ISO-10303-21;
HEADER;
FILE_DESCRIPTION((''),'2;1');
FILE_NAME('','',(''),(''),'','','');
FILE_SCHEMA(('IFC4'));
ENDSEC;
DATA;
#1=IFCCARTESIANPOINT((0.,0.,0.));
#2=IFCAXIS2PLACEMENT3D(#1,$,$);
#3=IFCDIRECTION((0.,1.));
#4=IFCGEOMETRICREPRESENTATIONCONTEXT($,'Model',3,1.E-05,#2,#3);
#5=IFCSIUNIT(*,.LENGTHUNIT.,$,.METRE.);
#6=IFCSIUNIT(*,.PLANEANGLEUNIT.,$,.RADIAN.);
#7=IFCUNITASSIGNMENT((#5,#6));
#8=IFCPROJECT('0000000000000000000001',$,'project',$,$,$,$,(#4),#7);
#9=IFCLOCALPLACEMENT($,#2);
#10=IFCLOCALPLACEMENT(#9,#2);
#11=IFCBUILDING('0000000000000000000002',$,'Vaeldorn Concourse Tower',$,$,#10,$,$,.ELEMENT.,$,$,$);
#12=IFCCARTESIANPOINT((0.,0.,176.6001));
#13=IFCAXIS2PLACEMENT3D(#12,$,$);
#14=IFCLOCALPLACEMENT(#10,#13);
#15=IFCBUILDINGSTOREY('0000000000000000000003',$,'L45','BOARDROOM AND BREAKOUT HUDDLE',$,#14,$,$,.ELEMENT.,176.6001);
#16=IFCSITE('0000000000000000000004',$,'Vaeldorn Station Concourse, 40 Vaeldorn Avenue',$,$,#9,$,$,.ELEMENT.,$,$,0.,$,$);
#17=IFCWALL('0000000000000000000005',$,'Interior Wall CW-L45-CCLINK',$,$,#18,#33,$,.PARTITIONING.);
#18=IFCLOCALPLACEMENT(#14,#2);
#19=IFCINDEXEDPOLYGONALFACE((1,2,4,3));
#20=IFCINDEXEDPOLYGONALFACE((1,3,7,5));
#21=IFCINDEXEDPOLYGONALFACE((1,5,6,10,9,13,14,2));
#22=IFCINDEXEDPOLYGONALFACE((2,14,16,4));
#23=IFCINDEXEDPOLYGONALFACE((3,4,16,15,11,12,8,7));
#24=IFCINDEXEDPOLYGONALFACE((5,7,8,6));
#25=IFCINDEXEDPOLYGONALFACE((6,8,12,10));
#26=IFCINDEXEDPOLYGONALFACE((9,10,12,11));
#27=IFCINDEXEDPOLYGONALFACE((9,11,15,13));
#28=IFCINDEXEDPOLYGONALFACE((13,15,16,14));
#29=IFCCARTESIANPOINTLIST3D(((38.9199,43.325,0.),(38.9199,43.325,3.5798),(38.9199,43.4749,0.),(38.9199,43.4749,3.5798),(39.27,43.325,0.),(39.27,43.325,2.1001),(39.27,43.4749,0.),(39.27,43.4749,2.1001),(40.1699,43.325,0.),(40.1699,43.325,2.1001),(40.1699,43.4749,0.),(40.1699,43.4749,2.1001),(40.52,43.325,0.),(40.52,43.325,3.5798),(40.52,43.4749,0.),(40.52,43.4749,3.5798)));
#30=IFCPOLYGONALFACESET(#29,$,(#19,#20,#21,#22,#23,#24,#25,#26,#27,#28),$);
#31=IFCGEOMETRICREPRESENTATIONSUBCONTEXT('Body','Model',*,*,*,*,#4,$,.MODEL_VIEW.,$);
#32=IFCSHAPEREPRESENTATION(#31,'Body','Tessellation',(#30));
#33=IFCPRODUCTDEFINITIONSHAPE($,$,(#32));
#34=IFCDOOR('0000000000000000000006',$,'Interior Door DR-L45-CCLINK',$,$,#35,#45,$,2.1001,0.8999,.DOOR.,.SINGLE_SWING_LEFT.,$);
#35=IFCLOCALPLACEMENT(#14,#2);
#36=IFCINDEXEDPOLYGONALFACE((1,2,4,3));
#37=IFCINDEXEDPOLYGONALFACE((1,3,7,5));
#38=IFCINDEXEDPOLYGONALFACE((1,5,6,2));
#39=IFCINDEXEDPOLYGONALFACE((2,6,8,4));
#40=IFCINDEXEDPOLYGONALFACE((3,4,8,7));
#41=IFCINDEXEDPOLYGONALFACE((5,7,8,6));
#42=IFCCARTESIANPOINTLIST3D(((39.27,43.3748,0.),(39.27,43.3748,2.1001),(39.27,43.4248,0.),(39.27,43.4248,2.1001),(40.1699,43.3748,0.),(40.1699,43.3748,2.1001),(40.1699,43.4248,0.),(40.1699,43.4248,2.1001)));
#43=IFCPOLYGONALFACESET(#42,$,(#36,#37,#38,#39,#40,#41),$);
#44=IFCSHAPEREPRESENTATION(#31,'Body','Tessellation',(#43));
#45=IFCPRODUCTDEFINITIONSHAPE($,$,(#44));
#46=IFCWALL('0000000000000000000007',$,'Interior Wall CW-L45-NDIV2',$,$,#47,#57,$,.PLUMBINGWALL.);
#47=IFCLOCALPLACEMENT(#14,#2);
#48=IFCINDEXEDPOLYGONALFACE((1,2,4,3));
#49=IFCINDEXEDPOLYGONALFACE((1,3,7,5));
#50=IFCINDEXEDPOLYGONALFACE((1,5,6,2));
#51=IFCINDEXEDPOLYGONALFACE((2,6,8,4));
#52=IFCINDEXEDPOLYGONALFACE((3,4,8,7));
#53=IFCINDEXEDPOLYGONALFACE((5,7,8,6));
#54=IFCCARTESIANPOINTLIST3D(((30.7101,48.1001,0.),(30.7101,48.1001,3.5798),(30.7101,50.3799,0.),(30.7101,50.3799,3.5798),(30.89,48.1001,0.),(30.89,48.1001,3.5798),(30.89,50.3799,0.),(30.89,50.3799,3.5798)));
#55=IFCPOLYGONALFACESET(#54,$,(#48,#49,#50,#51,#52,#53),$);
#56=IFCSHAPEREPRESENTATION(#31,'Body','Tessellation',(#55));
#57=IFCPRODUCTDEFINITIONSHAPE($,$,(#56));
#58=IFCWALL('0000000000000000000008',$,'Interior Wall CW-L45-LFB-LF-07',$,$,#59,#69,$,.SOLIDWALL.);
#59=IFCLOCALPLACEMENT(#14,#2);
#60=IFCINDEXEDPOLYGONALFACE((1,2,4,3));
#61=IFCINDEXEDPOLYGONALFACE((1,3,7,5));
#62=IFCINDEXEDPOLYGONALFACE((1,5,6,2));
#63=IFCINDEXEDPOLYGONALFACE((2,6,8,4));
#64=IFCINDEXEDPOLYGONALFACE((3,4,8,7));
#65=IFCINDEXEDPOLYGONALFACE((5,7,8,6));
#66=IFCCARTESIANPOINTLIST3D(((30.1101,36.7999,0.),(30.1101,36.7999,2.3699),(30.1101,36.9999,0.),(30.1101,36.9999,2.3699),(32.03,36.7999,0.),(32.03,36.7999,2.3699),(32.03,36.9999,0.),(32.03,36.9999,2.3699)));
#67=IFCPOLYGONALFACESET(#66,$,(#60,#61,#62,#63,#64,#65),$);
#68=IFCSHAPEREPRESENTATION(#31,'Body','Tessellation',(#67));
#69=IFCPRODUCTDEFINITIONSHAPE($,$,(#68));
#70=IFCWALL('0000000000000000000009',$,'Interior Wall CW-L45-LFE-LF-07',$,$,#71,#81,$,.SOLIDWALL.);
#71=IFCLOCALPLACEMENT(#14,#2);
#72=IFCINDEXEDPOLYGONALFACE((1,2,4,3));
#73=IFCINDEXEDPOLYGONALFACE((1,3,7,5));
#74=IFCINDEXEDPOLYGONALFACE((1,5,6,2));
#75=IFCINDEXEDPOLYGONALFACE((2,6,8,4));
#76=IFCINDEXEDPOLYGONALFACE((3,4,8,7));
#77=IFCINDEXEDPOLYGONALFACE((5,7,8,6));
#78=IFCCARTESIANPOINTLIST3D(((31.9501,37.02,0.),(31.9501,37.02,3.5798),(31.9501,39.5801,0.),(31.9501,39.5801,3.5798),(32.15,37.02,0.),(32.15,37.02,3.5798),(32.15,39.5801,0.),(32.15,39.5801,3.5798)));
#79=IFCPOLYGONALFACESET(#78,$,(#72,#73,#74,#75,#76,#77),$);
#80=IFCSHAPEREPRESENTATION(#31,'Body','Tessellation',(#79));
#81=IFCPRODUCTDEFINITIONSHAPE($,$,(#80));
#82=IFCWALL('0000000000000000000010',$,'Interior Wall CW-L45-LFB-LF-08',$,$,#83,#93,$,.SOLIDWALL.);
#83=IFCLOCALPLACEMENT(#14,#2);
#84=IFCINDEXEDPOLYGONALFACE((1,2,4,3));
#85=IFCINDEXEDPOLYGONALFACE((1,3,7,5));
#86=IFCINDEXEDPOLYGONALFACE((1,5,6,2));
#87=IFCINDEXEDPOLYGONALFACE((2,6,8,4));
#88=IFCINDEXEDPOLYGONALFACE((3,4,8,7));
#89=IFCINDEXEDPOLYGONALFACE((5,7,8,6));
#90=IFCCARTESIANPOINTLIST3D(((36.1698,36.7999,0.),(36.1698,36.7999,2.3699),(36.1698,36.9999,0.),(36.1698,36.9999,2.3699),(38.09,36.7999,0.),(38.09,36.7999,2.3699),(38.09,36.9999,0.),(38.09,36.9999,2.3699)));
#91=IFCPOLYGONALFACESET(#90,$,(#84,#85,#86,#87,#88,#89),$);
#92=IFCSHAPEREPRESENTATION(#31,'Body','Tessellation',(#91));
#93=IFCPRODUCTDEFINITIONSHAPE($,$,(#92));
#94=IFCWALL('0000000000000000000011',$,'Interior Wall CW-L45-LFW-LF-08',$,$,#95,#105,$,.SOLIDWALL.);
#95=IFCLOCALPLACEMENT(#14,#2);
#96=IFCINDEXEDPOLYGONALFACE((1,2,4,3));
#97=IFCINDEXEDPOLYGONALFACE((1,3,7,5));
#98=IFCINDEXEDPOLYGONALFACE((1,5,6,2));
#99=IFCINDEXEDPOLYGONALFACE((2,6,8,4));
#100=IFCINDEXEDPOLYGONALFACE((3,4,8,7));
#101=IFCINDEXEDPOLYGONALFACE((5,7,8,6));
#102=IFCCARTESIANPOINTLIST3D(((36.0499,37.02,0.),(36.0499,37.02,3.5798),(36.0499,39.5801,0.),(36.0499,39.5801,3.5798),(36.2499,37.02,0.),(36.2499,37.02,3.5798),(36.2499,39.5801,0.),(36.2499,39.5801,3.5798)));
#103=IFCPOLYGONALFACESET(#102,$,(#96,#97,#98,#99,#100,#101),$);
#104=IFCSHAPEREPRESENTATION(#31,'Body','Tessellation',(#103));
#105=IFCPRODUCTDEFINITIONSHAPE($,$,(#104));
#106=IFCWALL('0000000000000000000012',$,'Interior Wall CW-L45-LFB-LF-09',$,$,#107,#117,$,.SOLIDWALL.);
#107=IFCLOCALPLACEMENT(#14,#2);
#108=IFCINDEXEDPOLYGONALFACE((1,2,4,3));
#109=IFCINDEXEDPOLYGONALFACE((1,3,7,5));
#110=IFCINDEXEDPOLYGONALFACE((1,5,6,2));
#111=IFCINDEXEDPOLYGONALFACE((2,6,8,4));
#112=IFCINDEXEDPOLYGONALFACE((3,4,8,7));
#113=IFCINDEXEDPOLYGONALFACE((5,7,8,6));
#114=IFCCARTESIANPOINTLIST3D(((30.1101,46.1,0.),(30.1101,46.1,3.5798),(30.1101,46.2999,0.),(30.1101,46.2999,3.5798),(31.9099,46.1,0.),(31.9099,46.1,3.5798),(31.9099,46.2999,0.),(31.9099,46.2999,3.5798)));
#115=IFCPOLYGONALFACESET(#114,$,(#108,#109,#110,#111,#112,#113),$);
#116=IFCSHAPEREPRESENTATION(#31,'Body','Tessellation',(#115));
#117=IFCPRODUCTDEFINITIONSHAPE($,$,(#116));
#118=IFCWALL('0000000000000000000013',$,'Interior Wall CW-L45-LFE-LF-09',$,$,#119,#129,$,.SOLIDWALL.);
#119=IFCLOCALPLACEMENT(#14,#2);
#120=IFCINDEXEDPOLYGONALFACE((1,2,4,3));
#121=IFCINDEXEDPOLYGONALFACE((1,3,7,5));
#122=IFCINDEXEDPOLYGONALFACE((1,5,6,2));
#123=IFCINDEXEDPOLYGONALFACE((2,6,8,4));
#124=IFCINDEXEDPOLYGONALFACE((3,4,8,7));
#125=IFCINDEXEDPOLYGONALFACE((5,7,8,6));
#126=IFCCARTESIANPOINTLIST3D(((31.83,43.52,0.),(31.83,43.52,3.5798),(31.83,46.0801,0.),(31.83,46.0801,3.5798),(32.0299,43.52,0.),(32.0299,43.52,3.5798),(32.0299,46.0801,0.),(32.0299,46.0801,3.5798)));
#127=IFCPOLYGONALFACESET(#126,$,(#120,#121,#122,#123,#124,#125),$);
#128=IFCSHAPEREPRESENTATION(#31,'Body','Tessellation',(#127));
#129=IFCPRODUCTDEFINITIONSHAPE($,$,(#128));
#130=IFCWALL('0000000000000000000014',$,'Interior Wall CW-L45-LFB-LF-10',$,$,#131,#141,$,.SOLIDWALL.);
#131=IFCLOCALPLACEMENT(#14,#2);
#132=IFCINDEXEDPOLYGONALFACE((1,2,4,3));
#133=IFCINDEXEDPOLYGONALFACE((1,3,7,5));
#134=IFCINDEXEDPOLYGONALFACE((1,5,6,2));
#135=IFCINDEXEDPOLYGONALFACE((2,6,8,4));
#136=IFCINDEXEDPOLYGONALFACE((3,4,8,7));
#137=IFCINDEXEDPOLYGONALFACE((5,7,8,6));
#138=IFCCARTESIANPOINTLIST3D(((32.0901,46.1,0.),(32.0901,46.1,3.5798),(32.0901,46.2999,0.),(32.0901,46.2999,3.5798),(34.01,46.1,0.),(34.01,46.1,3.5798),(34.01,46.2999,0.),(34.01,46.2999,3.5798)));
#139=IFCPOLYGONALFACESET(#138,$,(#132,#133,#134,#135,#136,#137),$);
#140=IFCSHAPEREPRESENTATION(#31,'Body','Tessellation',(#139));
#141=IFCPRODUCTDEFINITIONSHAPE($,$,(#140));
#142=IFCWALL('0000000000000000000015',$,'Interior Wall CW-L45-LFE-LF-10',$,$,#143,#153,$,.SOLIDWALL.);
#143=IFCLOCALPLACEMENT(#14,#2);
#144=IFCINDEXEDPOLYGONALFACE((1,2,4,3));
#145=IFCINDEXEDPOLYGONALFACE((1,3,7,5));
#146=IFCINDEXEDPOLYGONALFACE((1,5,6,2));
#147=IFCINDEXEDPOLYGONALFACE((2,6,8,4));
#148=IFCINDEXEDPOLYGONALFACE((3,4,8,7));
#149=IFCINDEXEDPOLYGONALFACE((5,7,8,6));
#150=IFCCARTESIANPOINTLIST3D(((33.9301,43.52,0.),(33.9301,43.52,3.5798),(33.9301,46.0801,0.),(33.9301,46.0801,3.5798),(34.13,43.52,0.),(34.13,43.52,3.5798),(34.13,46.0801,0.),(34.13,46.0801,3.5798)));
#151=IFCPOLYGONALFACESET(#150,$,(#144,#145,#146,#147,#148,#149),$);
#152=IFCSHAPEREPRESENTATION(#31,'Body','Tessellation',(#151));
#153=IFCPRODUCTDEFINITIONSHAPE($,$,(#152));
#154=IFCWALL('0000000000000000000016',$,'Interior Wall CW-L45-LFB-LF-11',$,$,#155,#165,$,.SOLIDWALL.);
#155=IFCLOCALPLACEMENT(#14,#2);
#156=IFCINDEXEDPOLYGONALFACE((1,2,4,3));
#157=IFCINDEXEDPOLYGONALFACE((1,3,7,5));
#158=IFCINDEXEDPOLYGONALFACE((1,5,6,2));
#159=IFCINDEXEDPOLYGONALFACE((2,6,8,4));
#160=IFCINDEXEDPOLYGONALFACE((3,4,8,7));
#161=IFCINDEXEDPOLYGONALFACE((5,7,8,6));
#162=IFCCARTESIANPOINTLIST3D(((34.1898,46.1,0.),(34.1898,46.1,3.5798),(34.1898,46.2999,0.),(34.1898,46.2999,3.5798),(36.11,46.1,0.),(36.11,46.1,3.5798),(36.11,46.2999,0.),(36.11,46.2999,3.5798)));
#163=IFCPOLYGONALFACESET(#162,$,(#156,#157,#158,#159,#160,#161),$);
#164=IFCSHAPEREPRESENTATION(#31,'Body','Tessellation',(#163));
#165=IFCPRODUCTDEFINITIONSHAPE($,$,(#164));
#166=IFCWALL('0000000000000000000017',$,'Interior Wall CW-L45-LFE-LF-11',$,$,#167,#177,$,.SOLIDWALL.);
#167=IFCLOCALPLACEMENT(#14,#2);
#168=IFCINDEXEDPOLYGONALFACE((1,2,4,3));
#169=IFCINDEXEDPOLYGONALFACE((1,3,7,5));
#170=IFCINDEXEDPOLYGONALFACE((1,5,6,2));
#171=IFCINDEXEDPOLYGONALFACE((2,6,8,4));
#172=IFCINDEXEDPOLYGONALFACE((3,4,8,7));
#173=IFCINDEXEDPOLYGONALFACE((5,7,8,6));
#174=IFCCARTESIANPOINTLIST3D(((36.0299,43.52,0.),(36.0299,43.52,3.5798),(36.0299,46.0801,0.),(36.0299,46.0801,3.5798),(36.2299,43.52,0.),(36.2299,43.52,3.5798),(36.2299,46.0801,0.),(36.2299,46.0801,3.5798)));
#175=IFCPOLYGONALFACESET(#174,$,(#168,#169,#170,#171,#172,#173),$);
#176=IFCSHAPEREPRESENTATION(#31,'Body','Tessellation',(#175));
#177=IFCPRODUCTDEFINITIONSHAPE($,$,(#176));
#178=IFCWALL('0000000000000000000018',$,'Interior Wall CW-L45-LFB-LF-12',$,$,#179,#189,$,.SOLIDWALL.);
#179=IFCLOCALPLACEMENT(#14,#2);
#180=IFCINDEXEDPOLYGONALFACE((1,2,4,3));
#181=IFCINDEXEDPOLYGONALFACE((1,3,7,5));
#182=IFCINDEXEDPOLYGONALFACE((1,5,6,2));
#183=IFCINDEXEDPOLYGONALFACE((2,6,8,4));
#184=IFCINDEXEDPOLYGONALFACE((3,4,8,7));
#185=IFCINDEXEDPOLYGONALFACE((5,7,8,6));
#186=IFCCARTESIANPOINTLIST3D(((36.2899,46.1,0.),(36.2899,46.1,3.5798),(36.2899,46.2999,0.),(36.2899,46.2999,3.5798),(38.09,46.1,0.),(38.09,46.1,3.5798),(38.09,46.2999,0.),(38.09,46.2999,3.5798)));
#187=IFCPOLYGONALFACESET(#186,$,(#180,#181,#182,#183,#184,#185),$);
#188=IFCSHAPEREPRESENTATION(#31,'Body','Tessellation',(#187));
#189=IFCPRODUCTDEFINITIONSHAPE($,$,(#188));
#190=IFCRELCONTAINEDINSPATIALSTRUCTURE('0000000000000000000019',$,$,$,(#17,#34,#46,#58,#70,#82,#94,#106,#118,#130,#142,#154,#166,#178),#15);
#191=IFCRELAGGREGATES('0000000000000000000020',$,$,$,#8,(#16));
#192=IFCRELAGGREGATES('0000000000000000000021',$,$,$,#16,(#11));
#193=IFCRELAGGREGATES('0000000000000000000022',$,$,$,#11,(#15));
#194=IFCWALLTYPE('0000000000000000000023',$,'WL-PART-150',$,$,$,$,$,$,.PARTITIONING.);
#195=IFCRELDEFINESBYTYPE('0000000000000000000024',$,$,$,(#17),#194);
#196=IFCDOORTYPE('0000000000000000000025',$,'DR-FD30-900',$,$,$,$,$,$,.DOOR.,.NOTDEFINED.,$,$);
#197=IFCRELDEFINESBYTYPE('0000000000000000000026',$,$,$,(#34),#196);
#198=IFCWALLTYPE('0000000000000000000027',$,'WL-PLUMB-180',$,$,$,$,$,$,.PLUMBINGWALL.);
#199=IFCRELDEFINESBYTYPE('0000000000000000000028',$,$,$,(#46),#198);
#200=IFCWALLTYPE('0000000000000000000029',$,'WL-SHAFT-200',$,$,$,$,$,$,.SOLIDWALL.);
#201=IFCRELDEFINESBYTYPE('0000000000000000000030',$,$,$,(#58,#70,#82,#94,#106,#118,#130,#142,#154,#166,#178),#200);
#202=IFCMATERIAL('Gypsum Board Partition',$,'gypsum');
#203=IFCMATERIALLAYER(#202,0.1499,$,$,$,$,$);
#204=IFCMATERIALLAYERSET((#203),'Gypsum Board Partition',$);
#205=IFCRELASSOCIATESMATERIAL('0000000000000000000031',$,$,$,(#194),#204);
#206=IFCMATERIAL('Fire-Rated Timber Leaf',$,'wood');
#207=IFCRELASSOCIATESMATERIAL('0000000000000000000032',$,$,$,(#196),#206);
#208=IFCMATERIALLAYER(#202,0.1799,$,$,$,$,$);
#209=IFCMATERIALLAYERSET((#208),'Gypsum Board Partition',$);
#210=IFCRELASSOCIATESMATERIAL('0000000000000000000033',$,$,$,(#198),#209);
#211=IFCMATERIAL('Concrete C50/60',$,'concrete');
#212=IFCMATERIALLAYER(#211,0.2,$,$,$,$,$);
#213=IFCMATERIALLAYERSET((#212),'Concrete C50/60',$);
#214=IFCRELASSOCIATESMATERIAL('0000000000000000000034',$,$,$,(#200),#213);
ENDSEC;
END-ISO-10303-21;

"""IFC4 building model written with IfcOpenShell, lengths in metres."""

from ifc_helpers import new_model, si_unit, direction, frame, frame_2d, origin, place, context, subcontext, project, spatial, rectangle, extrude, source, transform, mapped, material, layer, layer_set, type_object, element, fill, save


model = new_model("IFC4")

# Units and contexts
model_context = context("Model", 3, precision=1e-05, world=origin(), true_north=direction((0.0, 1.0)))
body_context = subcontext(model_context, "Body", "Model", "MODEL_VIEW")
ifc_project = project(units=[si_unit("LENGTHUNIT", "METRE"), si_unit("PLANEANGLEUNIT", "RADIAN")], contexts=[model_context])

# Site, building, storey
site_placement = place(None, origin())
site = spatial("IfcSite", under=ifc_project, at=site_placement, Name="Vaeldorn Station Concourse, 40 Vaeldorn Avenue", CompositionType="ELEMENT", RefElevation=0.0)
building_placement = place(site_placement, origin())
building = spatial("IfcBuilding", under=site, at=building_placement, Name="Vaeldorn Concourse Tower", CompositionType="ELEMENT")
storey_placement = place(building_placement, frame((0.0, 0.0, 176.6001)))
storey = spatial("IfcBuildingStorey", under=building, at=storey_placement, Name="L45", Description="BOARDROOM AND BREAKOUT HUDDLE", CompositionType="ELEMENT", Elevation=176.6001)

# Shared definitions
ifc_material_1 = material(Name="Concrete C50/60", Category="concrete")

# Wall, opening, door
ifc_material_2 = material(Name="Gypsum Board Partition", Category="gypsum")
ifc_layer_1 = layer(ifc_material_2, 0.1499)
ifc_layer_set_1 = layer_set([ifc_layer_1], Name="Gypsum Board Partition")
wall_type_1 = type_object("IfcWallType", Name="WL-PART-150", PredefinedType="PARTITIONING", material=ifc_layer_set_1)
wall_1_placement = place(storey_placement, frame((38.9199, 43.3999, 0.0), z_axis=(0.0, 0.0, 1.0), x_axis=(1.0, 0.0, 0.0)))
wall_1 = element("IfcWall", 1, at=wall_1_placement, inside=storey, type_object=wall_type_1, Name="Interior Wall CW-L45-CCLINK", PredefinedType="PARTITIONING", context=body_context, shape_type="SweptSolid", body=[
    extrude(rectangle(XDim=1.6001, YDim=0.1499, at=frame_2d((0.8, 0.0))), origin(), (0.0, 0.0, 1.0), 3.5798),
])
opening_1_placement = place(wall_1_placement, frame((0.3501, 0.0, 0.0)))
opening_1 = element("IfcOpeningElement", 2, at=opening_1_placement, cuts=wall_1, PredefinedType="OPENING", context=body_context, shape_type="SweptSolid", body=[
    extrude(rectangle(XDim=0.8999, YDim=2.1001, at=frame_2d((0.45, 1.05))), frame((0.0, 0.085, 0.0), z_axis=(0.0, -1.0, 0.0), x_axis=(1.0, 0.0, 0.0)), (0.0, 0.0, 1.0), 0.1699),
])
ifc_material_3 = material(Name="Fire-Rated Timber Leaf", Category="wood")
door_type_1 = type_object("IfcDoorType", Name="DR-FD30-900", OperationType="NOTDEFINED", PredefinedType="DOOR", material=ifc_material_3)
shared_shape_1 = source(origin(), body_context, "Body", "SweptSolid", [
    extrude(rectangle(XDim=0.8999, YDim=2.1001, at=frame_2d((0.45, 1.05))), frame((0.0, 0.0249, 0.0), z_axis=(0.0, -1.0, 0.0), x_axis=(1.0, 0.0, 0.0)), (0.0, 0.0, 1.0), 0.05),
])
door_1_placement = place(opening_1_placement, origin())
door_1 = element("IfcDoor", 3, at=door_1_placement, inside=storey, type_object=door_type_1, Name="Interior Door DR-L45-CCLINK", OperationType="SINGLE_SWING_LEFT", OverallHeight=2.1001, OverallWidth=0.8999, PredefinedType="DOOR", context=body_context, shape_type="MappedRepresentation", body=[
    mapped(shared_shape_1, transform((0.0, 0.0, 0.0), scale=1.0)),
])
fill(opening_1, door_1)

# Walls
ifc_layer_2 = layer(ifc_material_2, 0.1799)
ifc_layer_set_2 = layer_set([ifc_layer_2], Name="Gypsum Board Partition")
wall_type_2 = type_object("IfcWallType", Name="WL-PLUMB-180", PredefinedType="PLUMBINGWALL", material=ifc_layer_set_2)
wall_2_placement = place(storey_placement, frame((30.8, 48.1001, 0.0), z_axis=(0.0, 0.0, 1.0), x_axis=(0.0, 1.0, 0.0)))
element("IfcWall", 4, at=wall_2_placement, inside=storey, type_object=wall_type_2, Name="Interior Wall CW-L45-NDIV2", PredefinedType="PLUMBINGWALL", context=body_context, shape_type="SweptSolid", body=[
    extrude(rectangle(XDim=2.2798, YDim=0.1799, at=frame_2d((1.1399, 0.0))), origin(), (0.0, 0.0, 1.0), 3.5798),
])
ifc_layer_3 = layer(ifc_material_1, 0.2)
ifc_layer_set_3 = layer_set([ifc_layer_3], Name="Concrete C50/60")
wall_type_3 = type_object("IfcWallType", Name="WL-SHAFT-200", PredefinedType="SOLIDWALL", material=ifc_layer_set_3)
wall_3_placement = place(storey_placement, frame((30.1101, 36.8999, 0.0), z_axis=(0.0, 0.0, 1.0), x_axis=(1.0, 0.0, 0.0)))
element("IfcWall", 5, at=wall_3_placement, inside=storey, type_object=wall_type_3, Name="Interior Wall CW-L45-LFB-LF-07", PredefinedType="SOLIDWALL", context=body_context, shape_type="SweptSolid", body=[
    extrude(rectangle(XDim=1.9199, YDim=0.2, at=frame_2d((0.96, 0.0))), origin(), (0.0, 0.0, 1.0), 2.3699),
])
wall_4_placement = place(storey_placement, frame((32.05, 37.02, 0.0), z_axis=(0.0, 0.0, 1.0), x_axis=(0.0, 1.0, 0.0)))
element("IfcWall", 6, at=wall_4_placement, inside=storey, type_object=wall_type_3, Name="Interior Wall CW-L45-LFE-LF-07", PredefinedType="SOLIDWALL", context=body_context, shape_type="SweptSolid", body=[
    extrude(rectangle(XDim=2.5601, YDim=0.2, at=frame_2d((1.28, 0.0))), origin(), (0.0, 0.0, 1.0), 3.5798),
])

# Walls
wall_5_placement = place(storey_placement, frame((36.1699, 36.8999, 0.0), z_axis=(0.0, 0.0, 1.0), x_axis=(1.0, 0.0, 0.0)))
element("IfcWall", 7, at=wall_5_placement, inside=storey, type_object=wall_type_3, Name="Interior Wall CW-L45-LFB-LF-08", PredefinedType="SOLIDWALL", context=body_context, shape_type="SweptSolid", body=[
    extrude(rectangle(XDim=1.9202, YDim=0.2, at=frame_2d((0.96, 0.0))), origin(), (0.0, 0.0, 1.0), 2.3699),
])
wall_6_placement = place(storey_placement, frame((36.1499, 37.02, 0.0), z_axis=(0.0, 0.0, 1.0), x_axis=(0.0, 1.0, 0.0)))
element("IfcWall", 8, at=wall_6_placement, inside=storey, type_object=wall_type_3, Name="Interior Wall CW-L45-LFW-LF-08", PredefinedType="SOLIDWALL", context=body_context, shape_type="SweptSolid", body=[
    extrude(rectangle(XDim=2.5601, YDim=0.2, at=frame_2d((1.28, 0.0))), origin(), (0.0, 0.0, 1.0), 3.5798),
])

# Walls
wall_7_placement = place(storey_placement, frame((30.1101, 46.2, 0.0), z_axis=(0.0, 0.0, 1.0), x_axis=(1.0, 0.0, 0.0)))
element("IfcWall", 9, at=wall_7_placement, inside=storey, type_object=wall_type_3, Name="Interior Wall CW-L45-LFB-LF-09", PredefinedType="SOLIDWALL", context=body_context, shape_type="SweptSolid", body=[
    extrude(rectangle(XDim=1.7998, YDim=0.2, at=frame_2d((0.8999, 0.0))), origin(), (0.0, 0.0, 1.0), 3.5798),
])
wall_8_placement = place(storey_placement, frame((31.9299, 43.52, 0.0), z_axis=(0.0, 0.0, 1.0), x_axis=(0.0, 1.0, 0.0)))
element("IfcWall", 10, at=wall_8_placement, inside=storey, type_object=wall_type_3, Name="Interior Wall CW-L45-LFE-LF-09", PredefinedType="SOLIDWALL", context=body_context, shape_type="SweptSolid", body=[
    extrude(rectangle(XDim=2.5601, YDim=0.2, at=frame_2d((1.28, 0.0))), origin(), (0.0, 0.0, 1.0), 3.5798),
])

# Walls
wall_9_placement = place(storey_placement, frame((32.0901, 46.2, 0.0), z_axis=(0.0, 0.0, 1.0), x_axis=(1.0, 0.0, 0.0)))
element("IfcWall", 11, at=wall_9_placement, inside=storey, type_object=wall_type_3, Name="Interior Wall CW-L45-LFB-LF-10", PredefinedType="SOLIDWALL", context=body_context, shape_type="SweptSolid", body=[
    extrude(rectangle(XDim=1.9199, YDim=0.2, at=frame_2d((0.96, 0.0))), origin(), (0.0, 0.0, 1.0), 3.5798),
])
wall_10_placement = place(storey_placement, frame((34.03, 43.52, 0.0), z_axis=(0.0, 0.0, 1.0), x_axis=(0.0, 1.0, 0.0)))
element("IfcWall", 12, at=wall_10_placement, inside=storey, type_object=wall_type_3, Name="Interior Wall CW-L45-LFE-LF-10", PredefinedType="SOLIDWALL", context=body_context, shape_type="SweptSolid", body=[
    extrude(rectangle(XDim=2.5601, YDim=0.2, at=frame_2d((1.28, 0.0))), origin(), (0.0, 0.0, 1.0), 3.5798),
])

# Walls
wall_11_placement = place(storey_placement, frame((34.1899, 46.2, 0.0), z_axis=(0.0, 0.0, 1.0), x_axis=(1.0, 0.0, 0.0)))
element("IfcWall", 13, at=wall_11_placement, inside=storey, type_object=wall_type_3, Name="Interior Wall CW-L45-LFB-LF-11", PredefinedType="SOLIDWALL", context=body_context, shape_type="SweptSolid", body=[
    extrude(rectangle(XDim=1.9202, YDim=0.2, at=frame_2d((0.96, 0.0))), origin(), (0.0, 0.0, 1.0), 3.5798),
])
wall_12_placement = place(storey_placement, frame((36.1299, 43.52, 0.0), z_axis=(0.0, 0.0, 1.0), x_axis=(0.0, 1.0, 0.0)))
element("IfcWall", 14, at=wall_12_placement, inside=storey, type_object=wall_type_3, Name="Interior Wall CW-L45-LFE-LF-11", PredefinedType="SOLIDWALL", context=body_context, shape_type="SweptSolid", body=[
    extrude(rectangle(XDim=2.5601, YDim=0.2, at=frame_2d((1.28, 0.0))), origin(), (0.0, 0.0, 1.0), 3.5798),
])

# Wall
wall_13_placement = place(storey_placement, frame((36.29, 46.2, 0.0), z_axis=(0.0, 0.0, 1.0), x_axis=(1.0, 0.0, 0.0)))
element("IfcWall", 15, at=wall_13_placement, inside=storey, type_object=wall_type_3, Name="Interior Wall CW-L45-LFB-LF-12", PredefinedType="SOLIDWALL", context=body_context, shape_type="SweptSolid", body=[
    extrude(rectangle(XDim=1.8, YDim=0.2, at=frame_2d((0.8999, 0.0))), origin(), (0.0, 0.0, 1.0), 3.5798),
])

save(model, "model.ifc")
